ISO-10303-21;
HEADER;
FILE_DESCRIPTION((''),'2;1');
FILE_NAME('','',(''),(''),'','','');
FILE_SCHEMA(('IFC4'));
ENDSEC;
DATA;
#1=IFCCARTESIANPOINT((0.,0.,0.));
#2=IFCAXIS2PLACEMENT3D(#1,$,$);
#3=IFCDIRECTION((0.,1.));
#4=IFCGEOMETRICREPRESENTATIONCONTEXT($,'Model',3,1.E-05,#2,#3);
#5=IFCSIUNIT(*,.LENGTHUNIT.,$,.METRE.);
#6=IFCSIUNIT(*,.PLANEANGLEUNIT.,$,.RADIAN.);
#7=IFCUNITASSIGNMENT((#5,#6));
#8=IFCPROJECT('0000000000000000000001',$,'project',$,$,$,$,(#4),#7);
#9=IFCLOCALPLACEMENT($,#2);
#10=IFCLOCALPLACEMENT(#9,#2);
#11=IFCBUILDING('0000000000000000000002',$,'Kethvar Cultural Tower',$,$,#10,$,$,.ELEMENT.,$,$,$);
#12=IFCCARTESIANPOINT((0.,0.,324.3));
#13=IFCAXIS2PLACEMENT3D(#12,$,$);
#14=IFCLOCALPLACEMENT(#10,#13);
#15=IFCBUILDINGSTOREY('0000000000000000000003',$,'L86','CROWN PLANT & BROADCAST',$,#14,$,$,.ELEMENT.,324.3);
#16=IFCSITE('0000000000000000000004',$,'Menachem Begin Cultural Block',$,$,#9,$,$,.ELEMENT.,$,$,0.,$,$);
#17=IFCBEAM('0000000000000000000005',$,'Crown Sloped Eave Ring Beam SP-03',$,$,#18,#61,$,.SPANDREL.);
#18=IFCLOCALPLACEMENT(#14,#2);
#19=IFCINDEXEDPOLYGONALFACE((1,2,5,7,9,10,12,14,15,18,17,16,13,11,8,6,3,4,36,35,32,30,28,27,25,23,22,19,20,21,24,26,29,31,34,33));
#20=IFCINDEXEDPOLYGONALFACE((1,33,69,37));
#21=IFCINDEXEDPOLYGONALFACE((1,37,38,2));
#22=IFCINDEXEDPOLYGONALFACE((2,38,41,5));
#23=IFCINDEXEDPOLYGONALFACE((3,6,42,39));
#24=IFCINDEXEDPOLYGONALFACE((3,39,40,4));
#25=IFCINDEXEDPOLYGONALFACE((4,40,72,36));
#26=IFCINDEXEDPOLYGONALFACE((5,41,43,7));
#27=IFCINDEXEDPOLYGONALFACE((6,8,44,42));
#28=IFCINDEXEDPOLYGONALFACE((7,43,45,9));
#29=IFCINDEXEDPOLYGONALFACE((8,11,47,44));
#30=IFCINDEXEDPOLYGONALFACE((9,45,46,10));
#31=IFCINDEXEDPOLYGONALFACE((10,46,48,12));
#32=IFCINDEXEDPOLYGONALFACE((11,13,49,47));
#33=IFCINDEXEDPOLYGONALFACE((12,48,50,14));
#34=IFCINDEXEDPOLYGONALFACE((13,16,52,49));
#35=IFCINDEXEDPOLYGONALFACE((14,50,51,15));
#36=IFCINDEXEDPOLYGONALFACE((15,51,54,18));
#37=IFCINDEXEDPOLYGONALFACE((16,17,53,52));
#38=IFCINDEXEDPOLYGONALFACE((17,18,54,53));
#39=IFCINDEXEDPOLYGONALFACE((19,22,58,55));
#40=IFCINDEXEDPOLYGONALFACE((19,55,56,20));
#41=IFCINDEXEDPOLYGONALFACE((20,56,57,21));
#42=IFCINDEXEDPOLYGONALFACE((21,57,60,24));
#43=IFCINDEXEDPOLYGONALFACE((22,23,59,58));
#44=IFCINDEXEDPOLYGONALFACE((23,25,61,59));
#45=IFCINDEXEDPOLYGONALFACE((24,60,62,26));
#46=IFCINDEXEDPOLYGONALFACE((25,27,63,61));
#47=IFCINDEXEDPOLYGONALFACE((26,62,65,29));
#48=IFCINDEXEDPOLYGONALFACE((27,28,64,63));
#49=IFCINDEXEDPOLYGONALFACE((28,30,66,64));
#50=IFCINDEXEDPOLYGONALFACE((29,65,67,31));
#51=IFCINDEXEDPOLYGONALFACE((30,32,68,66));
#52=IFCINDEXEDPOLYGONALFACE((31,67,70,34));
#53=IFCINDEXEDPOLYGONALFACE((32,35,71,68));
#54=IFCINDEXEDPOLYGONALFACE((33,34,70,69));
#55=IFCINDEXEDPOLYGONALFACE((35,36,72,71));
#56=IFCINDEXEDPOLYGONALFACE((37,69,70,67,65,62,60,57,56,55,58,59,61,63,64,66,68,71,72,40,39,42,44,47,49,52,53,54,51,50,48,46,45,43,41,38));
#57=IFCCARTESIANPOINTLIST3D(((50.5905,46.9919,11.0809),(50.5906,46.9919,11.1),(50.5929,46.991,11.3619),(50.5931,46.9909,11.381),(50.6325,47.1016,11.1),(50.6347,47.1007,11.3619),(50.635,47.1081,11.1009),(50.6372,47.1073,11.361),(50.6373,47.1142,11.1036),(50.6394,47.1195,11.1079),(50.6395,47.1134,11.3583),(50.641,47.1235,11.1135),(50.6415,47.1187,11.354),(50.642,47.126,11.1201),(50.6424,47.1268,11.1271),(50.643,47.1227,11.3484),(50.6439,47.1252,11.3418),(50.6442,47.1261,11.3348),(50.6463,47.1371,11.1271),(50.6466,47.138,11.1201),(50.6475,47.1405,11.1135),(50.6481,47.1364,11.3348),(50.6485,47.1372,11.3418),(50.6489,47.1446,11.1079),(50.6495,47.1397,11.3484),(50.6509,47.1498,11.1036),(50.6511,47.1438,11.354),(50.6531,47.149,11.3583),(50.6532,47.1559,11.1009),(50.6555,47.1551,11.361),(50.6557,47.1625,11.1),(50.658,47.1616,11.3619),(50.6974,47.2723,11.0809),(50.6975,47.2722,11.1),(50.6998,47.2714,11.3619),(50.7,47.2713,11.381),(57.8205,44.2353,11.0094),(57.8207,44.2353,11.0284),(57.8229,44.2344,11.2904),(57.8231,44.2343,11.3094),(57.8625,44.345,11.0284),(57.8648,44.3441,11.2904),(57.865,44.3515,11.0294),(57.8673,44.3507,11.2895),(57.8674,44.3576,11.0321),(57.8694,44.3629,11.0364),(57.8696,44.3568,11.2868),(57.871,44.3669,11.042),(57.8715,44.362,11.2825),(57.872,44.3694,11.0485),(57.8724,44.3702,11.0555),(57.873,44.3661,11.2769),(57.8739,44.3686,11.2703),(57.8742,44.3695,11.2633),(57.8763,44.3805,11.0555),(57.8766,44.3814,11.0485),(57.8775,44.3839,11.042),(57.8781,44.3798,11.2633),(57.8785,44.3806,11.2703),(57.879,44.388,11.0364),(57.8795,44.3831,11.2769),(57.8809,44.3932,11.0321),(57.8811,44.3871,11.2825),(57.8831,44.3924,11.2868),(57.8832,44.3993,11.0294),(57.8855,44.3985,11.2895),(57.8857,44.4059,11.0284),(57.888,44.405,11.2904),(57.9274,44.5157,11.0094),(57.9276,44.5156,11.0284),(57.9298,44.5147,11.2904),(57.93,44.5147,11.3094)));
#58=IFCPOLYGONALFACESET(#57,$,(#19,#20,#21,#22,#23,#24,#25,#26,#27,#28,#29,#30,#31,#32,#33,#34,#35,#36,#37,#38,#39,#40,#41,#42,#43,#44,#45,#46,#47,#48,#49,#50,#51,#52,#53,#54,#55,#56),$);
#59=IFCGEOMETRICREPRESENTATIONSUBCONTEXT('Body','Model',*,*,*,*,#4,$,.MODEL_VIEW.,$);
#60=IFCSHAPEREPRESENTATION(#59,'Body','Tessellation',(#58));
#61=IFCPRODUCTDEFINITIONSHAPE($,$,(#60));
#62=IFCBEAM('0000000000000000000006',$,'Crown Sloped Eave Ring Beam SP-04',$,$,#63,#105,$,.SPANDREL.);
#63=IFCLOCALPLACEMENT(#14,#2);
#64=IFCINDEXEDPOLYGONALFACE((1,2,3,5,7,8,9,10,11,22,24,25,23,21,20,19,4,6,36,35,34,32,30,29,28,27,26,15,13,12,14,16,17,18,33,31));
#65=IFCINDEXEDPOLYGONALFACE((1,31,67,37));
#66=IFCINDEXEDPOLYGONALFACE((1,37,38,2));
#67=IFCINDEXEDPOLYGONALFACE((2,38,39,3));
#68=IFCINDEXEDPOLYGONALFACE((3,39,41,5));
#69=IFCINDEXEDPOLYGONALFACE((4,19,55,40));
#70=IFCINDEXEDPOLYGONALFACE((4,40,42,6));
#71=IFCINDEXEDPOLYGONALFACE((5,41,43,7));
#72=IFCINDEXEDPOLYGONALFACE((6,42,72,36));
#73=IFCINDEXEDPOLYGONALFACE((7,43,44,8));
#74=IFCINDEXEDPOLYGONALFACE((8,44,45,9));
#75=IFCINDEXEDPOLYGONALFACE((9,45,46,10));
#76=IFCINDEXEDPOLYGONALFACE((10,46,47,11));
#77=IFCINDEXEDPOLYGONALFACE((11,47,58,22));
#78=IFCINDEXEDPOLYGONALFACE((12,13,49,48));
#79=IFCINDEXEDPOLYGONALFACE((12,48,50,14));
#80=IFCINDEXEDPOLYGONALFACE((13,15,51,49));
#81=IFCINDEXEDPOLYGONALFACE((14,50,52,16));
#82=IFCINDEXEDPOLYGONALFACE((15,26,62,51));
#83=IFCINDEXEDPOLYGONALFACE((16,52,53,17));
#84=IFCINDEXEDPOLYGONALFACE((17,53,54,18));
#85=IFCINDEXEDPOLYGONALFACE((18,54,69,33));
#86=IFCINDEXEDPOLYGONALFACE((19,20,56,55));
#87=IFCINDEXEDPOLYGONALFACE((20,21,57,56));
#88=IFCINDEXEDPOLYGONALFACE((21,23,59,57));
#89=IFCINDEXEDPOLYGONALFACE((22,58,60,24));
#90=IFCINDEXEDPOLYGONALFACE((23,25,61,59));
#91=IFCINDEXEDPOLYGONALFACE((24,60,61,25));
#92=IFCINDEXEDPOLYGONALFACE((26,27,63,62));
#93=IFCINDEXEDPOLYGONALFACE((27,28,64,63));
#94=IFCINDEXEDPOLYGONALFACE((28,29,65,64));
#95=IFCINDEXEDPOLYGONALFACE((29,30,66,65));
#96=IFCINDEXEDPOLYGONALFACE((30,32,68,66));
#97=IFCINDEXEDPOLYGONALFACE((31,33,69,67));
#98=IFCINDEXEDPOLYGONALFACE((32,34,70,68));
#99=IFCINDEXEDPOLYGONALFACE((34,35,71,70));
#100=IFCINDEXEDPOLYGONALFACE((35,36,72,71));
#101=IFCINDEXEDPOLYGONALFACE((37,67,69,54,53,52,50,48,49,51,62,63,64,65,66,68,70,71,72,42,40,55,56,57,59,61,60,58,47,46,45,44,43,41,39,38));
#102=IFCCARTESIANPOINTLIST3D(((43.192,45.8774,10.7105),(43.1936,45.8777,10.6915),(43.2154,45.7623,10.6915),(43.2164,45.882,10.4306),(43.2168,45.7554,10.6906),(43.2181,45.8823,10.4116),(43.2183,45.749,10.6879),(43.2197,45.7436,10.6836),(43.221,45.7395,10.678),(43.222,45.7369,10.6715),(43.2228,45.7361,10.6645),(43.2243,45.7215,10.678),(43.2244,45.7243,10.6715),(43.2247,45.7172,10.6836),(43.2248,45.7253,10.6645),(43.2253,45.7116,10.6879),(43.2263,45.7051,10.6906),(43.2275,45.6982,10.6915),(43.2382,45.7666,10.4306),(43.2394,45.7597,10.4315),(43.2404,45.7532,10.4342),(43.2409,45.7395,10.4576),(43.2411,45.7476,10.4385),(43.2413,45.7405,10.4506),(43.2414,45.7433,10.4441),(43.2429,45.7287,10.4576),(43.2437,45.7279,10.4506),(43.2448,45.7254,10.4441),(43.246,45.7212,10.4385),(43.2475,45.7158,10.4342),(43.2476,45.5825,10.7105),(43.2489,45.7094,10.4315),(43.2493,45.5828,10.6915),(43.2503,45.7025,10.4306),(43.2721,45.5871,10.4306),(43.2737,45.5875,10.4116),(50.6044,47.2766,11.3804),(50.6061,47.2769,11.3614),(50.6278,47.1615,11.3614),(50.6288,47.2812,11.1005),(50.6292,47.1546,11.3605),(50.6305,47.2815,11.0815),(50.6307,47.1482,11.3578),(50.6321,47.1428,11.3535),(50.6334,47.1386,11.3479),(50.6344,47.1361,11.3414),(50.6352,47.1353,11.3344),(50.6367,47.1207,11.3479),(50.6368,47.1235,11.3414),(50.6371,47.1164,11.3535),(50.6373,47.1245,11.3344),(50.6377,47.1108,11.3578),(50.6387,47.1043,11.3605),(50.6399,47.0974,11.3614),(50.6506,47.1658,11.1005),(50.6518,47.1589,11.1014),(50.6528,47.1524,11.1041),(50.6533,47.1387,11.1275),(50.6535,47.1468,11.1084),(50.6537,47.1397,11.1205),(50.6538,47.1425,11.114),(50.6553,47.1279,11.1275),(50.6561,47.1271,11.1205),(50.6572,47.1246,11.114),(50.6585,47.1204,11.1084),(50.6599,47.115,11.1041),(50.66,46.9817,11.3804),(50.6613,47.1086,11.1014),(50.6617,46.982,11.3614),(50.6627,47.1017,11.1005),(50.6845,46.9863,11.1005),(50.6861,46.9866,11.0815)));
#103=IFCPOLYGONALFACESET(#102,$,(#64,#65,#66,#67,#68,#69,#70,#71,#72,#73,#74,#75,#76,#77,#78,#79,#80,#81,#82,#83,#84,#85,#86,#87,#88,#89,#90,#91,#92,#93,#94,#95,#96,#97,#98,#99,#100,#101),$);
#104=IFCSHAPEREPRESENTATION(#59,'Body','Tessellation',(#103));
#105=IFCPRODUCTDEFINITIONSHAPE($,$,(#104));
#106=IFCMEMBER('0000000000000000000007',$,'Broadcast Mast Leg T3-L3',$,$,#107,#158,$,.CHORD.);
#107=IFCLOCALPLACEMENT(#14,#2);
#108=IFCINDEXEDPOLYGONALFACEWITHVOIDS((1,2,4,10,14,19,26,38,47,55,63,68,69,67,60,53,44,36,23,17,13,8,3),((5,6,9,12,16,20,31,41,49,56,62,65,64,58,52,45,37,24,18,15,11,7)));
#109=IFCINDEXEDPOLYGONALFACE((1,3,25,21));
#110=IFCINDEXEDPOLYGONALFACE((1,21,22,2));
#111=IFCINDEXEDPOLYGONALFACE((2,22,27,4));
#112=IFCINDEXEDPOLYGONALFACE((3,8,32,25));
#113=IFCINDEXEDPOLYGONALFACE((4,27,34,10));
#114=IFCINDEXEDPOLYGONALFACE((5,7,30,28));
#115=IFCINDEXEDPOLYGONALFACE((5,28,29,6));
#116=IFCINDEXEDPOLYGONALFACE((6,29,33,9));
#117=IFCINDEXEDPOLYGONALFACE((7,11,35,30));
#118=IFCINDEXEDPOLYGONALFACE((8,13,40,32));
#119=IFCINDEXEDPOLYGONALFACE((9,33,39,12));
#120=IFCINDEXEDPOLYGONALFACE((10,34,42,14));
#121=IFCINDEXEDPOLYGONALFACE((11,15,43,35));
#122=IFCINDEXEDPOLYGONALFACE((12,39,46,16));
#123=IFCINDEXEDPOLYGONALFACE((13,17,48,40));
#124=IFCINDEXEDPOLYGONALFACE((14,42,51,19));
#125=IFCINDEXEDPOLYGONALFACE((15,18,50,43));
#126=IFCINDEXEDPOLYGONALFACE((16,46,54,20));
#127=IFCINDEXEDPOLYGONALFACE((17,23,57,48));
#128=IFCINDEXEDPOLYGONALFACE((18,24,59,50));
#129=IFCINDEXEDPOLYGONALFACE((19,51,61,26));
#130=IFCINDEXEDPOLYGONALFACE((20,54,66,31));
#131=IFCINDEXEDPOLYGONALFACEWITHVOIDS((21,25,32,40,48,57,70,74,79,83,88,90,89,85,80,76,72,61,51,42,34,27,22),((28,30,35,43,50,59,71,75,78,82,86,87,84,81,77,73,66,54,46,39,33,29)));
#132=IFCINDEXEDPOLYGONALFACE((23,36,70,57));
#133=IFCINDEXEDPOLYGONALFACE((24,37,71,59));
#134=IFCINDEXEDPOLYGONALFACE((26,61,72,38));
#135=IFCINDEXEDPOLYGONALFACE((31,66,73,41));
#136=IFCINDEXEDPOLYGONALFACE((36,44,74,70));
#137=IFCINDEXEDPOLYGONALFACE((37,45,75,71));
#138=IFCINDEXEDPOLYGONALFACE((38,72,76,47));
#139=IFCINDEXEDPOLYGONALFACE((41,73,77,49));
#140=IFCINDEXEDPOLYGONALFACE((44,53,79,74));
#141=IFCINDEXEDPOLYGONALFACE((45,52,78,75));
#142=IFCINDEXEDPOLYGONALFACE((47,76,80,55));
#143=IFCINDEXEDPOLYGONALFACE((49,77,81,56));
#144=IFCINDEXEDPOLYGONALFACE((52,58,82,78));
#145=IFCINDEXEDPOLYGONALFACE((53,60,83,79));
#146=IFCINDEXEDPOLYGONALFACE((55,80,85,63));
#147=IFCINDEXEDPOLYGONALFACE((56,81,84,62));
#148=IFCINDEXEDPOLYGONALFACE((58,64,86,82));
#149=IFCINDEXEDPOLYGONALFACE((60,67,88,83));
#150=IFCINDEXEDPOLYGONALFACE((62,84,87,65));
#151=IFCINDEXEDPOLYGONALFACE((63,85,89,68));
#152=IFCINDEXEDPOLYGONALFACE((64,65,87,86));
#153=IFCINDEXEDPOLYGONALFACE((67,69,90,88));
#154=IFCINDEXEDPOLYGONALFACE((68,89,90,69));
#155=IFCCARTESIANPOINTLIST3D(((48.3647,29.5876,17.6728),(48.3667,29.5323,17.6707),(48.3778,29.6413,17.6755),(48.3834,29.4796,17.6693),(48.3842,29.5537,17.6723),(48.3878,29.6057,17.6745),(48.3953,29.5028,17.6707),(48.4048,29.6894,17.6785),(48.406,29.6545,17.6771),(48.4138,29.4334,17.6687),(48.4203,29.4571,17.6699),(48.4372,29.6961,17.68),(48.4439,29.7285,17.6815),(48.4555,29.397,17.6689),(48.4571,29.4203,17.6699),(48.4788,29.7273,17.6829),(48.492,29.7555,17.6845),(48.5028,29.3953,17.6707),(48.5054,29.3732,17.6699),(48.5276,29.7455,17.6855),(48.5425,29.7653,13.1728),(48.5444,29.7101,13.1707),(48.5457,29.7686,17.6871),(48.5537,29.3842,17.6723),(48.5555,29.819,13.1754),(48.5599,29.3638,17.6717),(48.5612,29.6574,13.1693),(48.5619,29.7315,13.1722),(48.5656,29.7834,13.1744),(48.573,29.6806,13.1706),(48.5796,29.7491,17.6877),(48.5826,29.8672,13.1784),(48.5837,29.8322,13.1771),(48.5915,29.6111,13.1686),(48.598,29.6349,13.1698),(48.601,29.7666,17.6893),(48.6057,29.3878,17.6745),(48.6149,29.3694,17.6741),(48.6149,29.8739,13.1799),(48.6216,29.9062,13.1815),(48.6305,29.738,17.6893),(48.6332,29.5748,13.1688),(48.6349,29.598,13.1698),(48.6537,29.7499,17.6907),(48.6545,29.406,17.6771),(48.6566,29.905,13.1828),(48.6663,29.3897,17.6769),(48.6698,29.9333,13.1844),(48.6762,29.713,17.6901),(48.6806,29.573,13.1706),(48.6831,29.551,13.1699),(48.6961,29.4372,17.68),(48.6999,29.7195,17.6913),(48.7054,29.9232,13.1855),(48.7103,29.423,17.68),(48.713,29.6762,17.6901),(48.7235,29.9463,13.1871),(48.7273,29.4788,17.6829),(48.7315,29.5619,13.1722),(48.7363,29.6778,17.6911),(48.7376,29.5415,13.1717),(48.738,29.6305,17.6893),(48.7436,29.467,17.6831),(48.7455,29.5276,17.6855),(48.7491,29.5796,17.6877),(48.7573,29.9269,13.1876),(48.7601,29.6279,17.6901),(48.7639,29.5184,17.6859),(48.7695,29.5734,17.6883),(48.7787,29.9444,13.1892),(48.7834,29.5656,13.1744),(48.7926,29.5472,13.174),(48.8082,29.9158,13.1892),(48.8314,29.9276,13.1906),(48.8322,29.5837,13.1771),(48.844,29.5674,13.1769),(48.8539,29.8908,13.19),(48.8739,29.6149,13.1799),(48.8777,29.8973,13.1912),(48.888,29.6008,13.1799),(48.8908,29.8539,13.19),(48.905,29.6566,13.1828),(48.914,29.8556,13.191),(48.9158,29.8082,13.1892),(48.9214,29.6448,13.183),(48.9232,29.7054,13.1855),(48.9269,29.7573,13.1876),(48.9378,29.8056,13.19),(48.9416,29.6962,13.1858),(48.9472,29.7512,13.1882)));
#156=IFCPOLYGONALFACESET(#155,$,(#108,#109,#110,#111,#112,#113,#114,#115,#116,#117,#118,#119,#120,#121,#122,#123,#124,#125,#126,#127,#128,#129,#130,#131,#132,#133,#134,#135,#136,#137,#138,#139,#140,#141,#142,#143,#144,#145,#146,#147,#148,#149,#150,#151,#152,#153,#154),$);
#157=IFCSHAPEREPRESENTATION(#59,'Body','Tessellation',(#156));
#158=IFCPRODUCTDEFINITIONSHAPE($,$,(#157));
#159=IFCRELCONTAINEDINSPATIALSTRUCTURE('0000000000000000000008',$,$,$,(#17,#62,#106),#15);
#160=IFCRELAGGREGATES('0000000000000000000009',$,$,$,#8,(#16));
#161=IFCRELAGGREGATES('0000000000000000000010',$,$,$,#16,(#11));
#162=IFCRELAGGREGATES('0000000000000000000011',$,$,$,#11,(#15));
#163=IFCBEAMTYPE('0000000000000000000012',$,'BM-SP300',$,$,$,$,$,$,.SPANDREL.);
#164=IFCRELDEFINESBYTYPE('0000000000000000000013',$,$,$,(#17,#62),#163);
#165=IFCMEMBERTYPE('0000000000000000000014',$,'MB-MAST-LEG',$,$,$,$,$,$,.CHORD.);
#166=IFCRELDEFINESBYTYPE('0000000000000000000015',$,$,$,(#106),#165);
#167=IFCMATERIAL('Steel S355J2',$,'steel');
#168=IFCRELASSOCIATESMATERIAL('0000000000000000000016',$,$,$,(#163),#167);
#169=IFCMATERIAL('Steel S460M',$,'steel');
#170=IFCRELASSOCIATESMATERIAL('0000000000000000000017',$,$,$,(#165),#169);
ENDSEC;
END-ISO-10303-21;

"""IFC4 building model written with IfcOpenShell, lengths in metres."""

from ifc_helpers import new_model, si_unit, direction, frame, origin, origin_2d, place, context, subcontext, project, spatial, hollow_circle, i_section, extrude, source, transform, mapped, material, material_profile, profile_set, type_object, element, save


model = new_model("IFC4")

# Units and contexts
model_context = context("Model", 3, precision=1e-05, world=origin(), true_north=direction((0.0, 1.0)))
body_context = subcontext(model_context, "Body", "Model", "MODEL_VIEW")
ifc_project = project(units=[si_unit("LENGTHUNIT", "METRE"), si_unit("PLANEANGLEUNIT", "RADIAN")], contexts=[model_context])

# Site, building, storey
site_placement = place(None, origin())
site = spatial("IfcSite", under=ifc_project, at=site_placement, Name="Menachem Begin Cultural Block", CompositionType="ELEMENT", RefElevation=0.0)
building_placement = place(site_placement, origin())
building = spatial("IfcBuilding", under=site, at=building_placement, Name="Kethvar Cultural Tower", CompositionType="ELEMENT")
storey_placement = place(building_placement, frame((0.0, 0.0, 324.3)))
storey = spatial("IfcBuildingStorey", under=building, at=storey_placement, Name="L86", Description="CROWN PLANT & BROADCAST", CompositionType="ELEMENT", Elevation=324.3)

# Beams
ifc_material_1 = material(Name="Steel S355J2", Category="steel")
ifc_material_profile_1 = material_profile(ifc_material_1, i_section(OverallWidth=0.3, OverallDepth=0.3, WebThickness=0.011, FlangeThickness=0.019, FilletRadius=0.0271, at=origin_2d()), Name="Steel S355J2 — HEB300")
ifc_profile_set_1 = profile_set([ifc_material_profile_1], Name="Steel S355J2 — HEB300")
beam_type = type_object("IfcBeamType", Name="BM-SP300", PredefinedType="SPANDREL", material=ifc_profile_set_1)
shared_shape_1 = source(origin(), body_context, "Body", "SweptSolid", [
    extrude(i_section(OverallWidth=0.3, OverallDepth=0.3, WebThickness=0.011, FlangeThickness=0.019, FilletRadius=0.0271, at=origin_2d()), origin(), (0.0, 0.0, 1.0), 7.738),
])
beam_1_placement = place(storey_placement, frame((57.8752, 44.375, 11.1594), z_axis=(-0.934348, 0.356241, 0.009244), x_axis=(-0.356256, -0.934388, 0.0)))
element("IfcBeam", 1, at=beam_1_placement, inside=storey, type_object=beam_type, Name="Crown Sloped Eave Ring Beam SP-03", PredefinedType="SPANDREL", context=body_context, shape_type="MappedRepresentation", body=[
    mapped(shared_shape_1, transform((0.0, 0.0, 0.0), scale=1.0)),
])
shared_shape_2 = source(origin(), body_context, "Body", "SweptSolid", [
    extrude(i_section(OverallWidth=0.3, OverallDepth=0.3, WebThickness=0.011, FlangeThickness=0.019, FilletRadius=0.0271, at=origin_2d()), origin(), (0.0, 0.0, 1.0), 7.573),
])
beam_2_placement = place(storey_placement, frame((50.6453, 47.1316, 11.231), z_axis=(-0.978794, -0.184759, -0.088463), x_axis=(0.185486, -0.982647, 0.0)))
element("IfcBeam", 2, at=beam_2_placement, inside=storey, type_object=beam_type, Name="Crown Sloped Eave Ring Beam SP-04", PredefinedType="SPANDREL", context=body_context, shape_type="MappedRepresentation", body=[
    mapped(shared_shape_2, transform((0.0, 0.0, 0.0), scale=1.0)),
])

# Member
ifc_material_2 = material(Name="Steel S460M", Category="steel")
ifc_material_profile_2 = material_profile(ifc_material_2, hollow_circle(Radius=0.2031, WallThickness=0.02, at=origin_2d()), Name="Steel S460M — CHS406x20")
ifc_profile_set_2 = profile_set([ifc_material_profile_2], Name="Steel S460M — CHS406x20")
member_type_1 = type_object("IfcMemberType", Name="MB-MAST-LEG", PredefinedType="CHORD", material=ifc_profile_set_2)
shared_shape_3 = source(origin(), body_context, "Body", "SweptSolid", [
    extrude(hollow_circle(Radius=0.2031, WallThickness=0.02, at=origin_2d()), origin(), (0.0, 0.0, 1.0), 4.5071),
])
for number, where, z_axis, x_axis, name in (
    (3, (48.7444, 29.7444, 13.1799), (-0.039435, -0.039435, 0.998444), (0.707107, -0.707107, 0.0), "Broadcast Mast Leg T3-L3"),
):
    element("IfcMember", number, at=place(storey_placement, frame(where, z_axis=z_axis, x_axis=x_axis)), inside=storey, type_object=member_type_1, Name=name, PredefinedType="CHORD", context=body_context, shape_type="MappedRepresentation", body=[
        mapped(shared_shape_3, transform((0.0, 0.0, 0.0), scale=1.0)),
    ])

save(model, "model.ifc")
